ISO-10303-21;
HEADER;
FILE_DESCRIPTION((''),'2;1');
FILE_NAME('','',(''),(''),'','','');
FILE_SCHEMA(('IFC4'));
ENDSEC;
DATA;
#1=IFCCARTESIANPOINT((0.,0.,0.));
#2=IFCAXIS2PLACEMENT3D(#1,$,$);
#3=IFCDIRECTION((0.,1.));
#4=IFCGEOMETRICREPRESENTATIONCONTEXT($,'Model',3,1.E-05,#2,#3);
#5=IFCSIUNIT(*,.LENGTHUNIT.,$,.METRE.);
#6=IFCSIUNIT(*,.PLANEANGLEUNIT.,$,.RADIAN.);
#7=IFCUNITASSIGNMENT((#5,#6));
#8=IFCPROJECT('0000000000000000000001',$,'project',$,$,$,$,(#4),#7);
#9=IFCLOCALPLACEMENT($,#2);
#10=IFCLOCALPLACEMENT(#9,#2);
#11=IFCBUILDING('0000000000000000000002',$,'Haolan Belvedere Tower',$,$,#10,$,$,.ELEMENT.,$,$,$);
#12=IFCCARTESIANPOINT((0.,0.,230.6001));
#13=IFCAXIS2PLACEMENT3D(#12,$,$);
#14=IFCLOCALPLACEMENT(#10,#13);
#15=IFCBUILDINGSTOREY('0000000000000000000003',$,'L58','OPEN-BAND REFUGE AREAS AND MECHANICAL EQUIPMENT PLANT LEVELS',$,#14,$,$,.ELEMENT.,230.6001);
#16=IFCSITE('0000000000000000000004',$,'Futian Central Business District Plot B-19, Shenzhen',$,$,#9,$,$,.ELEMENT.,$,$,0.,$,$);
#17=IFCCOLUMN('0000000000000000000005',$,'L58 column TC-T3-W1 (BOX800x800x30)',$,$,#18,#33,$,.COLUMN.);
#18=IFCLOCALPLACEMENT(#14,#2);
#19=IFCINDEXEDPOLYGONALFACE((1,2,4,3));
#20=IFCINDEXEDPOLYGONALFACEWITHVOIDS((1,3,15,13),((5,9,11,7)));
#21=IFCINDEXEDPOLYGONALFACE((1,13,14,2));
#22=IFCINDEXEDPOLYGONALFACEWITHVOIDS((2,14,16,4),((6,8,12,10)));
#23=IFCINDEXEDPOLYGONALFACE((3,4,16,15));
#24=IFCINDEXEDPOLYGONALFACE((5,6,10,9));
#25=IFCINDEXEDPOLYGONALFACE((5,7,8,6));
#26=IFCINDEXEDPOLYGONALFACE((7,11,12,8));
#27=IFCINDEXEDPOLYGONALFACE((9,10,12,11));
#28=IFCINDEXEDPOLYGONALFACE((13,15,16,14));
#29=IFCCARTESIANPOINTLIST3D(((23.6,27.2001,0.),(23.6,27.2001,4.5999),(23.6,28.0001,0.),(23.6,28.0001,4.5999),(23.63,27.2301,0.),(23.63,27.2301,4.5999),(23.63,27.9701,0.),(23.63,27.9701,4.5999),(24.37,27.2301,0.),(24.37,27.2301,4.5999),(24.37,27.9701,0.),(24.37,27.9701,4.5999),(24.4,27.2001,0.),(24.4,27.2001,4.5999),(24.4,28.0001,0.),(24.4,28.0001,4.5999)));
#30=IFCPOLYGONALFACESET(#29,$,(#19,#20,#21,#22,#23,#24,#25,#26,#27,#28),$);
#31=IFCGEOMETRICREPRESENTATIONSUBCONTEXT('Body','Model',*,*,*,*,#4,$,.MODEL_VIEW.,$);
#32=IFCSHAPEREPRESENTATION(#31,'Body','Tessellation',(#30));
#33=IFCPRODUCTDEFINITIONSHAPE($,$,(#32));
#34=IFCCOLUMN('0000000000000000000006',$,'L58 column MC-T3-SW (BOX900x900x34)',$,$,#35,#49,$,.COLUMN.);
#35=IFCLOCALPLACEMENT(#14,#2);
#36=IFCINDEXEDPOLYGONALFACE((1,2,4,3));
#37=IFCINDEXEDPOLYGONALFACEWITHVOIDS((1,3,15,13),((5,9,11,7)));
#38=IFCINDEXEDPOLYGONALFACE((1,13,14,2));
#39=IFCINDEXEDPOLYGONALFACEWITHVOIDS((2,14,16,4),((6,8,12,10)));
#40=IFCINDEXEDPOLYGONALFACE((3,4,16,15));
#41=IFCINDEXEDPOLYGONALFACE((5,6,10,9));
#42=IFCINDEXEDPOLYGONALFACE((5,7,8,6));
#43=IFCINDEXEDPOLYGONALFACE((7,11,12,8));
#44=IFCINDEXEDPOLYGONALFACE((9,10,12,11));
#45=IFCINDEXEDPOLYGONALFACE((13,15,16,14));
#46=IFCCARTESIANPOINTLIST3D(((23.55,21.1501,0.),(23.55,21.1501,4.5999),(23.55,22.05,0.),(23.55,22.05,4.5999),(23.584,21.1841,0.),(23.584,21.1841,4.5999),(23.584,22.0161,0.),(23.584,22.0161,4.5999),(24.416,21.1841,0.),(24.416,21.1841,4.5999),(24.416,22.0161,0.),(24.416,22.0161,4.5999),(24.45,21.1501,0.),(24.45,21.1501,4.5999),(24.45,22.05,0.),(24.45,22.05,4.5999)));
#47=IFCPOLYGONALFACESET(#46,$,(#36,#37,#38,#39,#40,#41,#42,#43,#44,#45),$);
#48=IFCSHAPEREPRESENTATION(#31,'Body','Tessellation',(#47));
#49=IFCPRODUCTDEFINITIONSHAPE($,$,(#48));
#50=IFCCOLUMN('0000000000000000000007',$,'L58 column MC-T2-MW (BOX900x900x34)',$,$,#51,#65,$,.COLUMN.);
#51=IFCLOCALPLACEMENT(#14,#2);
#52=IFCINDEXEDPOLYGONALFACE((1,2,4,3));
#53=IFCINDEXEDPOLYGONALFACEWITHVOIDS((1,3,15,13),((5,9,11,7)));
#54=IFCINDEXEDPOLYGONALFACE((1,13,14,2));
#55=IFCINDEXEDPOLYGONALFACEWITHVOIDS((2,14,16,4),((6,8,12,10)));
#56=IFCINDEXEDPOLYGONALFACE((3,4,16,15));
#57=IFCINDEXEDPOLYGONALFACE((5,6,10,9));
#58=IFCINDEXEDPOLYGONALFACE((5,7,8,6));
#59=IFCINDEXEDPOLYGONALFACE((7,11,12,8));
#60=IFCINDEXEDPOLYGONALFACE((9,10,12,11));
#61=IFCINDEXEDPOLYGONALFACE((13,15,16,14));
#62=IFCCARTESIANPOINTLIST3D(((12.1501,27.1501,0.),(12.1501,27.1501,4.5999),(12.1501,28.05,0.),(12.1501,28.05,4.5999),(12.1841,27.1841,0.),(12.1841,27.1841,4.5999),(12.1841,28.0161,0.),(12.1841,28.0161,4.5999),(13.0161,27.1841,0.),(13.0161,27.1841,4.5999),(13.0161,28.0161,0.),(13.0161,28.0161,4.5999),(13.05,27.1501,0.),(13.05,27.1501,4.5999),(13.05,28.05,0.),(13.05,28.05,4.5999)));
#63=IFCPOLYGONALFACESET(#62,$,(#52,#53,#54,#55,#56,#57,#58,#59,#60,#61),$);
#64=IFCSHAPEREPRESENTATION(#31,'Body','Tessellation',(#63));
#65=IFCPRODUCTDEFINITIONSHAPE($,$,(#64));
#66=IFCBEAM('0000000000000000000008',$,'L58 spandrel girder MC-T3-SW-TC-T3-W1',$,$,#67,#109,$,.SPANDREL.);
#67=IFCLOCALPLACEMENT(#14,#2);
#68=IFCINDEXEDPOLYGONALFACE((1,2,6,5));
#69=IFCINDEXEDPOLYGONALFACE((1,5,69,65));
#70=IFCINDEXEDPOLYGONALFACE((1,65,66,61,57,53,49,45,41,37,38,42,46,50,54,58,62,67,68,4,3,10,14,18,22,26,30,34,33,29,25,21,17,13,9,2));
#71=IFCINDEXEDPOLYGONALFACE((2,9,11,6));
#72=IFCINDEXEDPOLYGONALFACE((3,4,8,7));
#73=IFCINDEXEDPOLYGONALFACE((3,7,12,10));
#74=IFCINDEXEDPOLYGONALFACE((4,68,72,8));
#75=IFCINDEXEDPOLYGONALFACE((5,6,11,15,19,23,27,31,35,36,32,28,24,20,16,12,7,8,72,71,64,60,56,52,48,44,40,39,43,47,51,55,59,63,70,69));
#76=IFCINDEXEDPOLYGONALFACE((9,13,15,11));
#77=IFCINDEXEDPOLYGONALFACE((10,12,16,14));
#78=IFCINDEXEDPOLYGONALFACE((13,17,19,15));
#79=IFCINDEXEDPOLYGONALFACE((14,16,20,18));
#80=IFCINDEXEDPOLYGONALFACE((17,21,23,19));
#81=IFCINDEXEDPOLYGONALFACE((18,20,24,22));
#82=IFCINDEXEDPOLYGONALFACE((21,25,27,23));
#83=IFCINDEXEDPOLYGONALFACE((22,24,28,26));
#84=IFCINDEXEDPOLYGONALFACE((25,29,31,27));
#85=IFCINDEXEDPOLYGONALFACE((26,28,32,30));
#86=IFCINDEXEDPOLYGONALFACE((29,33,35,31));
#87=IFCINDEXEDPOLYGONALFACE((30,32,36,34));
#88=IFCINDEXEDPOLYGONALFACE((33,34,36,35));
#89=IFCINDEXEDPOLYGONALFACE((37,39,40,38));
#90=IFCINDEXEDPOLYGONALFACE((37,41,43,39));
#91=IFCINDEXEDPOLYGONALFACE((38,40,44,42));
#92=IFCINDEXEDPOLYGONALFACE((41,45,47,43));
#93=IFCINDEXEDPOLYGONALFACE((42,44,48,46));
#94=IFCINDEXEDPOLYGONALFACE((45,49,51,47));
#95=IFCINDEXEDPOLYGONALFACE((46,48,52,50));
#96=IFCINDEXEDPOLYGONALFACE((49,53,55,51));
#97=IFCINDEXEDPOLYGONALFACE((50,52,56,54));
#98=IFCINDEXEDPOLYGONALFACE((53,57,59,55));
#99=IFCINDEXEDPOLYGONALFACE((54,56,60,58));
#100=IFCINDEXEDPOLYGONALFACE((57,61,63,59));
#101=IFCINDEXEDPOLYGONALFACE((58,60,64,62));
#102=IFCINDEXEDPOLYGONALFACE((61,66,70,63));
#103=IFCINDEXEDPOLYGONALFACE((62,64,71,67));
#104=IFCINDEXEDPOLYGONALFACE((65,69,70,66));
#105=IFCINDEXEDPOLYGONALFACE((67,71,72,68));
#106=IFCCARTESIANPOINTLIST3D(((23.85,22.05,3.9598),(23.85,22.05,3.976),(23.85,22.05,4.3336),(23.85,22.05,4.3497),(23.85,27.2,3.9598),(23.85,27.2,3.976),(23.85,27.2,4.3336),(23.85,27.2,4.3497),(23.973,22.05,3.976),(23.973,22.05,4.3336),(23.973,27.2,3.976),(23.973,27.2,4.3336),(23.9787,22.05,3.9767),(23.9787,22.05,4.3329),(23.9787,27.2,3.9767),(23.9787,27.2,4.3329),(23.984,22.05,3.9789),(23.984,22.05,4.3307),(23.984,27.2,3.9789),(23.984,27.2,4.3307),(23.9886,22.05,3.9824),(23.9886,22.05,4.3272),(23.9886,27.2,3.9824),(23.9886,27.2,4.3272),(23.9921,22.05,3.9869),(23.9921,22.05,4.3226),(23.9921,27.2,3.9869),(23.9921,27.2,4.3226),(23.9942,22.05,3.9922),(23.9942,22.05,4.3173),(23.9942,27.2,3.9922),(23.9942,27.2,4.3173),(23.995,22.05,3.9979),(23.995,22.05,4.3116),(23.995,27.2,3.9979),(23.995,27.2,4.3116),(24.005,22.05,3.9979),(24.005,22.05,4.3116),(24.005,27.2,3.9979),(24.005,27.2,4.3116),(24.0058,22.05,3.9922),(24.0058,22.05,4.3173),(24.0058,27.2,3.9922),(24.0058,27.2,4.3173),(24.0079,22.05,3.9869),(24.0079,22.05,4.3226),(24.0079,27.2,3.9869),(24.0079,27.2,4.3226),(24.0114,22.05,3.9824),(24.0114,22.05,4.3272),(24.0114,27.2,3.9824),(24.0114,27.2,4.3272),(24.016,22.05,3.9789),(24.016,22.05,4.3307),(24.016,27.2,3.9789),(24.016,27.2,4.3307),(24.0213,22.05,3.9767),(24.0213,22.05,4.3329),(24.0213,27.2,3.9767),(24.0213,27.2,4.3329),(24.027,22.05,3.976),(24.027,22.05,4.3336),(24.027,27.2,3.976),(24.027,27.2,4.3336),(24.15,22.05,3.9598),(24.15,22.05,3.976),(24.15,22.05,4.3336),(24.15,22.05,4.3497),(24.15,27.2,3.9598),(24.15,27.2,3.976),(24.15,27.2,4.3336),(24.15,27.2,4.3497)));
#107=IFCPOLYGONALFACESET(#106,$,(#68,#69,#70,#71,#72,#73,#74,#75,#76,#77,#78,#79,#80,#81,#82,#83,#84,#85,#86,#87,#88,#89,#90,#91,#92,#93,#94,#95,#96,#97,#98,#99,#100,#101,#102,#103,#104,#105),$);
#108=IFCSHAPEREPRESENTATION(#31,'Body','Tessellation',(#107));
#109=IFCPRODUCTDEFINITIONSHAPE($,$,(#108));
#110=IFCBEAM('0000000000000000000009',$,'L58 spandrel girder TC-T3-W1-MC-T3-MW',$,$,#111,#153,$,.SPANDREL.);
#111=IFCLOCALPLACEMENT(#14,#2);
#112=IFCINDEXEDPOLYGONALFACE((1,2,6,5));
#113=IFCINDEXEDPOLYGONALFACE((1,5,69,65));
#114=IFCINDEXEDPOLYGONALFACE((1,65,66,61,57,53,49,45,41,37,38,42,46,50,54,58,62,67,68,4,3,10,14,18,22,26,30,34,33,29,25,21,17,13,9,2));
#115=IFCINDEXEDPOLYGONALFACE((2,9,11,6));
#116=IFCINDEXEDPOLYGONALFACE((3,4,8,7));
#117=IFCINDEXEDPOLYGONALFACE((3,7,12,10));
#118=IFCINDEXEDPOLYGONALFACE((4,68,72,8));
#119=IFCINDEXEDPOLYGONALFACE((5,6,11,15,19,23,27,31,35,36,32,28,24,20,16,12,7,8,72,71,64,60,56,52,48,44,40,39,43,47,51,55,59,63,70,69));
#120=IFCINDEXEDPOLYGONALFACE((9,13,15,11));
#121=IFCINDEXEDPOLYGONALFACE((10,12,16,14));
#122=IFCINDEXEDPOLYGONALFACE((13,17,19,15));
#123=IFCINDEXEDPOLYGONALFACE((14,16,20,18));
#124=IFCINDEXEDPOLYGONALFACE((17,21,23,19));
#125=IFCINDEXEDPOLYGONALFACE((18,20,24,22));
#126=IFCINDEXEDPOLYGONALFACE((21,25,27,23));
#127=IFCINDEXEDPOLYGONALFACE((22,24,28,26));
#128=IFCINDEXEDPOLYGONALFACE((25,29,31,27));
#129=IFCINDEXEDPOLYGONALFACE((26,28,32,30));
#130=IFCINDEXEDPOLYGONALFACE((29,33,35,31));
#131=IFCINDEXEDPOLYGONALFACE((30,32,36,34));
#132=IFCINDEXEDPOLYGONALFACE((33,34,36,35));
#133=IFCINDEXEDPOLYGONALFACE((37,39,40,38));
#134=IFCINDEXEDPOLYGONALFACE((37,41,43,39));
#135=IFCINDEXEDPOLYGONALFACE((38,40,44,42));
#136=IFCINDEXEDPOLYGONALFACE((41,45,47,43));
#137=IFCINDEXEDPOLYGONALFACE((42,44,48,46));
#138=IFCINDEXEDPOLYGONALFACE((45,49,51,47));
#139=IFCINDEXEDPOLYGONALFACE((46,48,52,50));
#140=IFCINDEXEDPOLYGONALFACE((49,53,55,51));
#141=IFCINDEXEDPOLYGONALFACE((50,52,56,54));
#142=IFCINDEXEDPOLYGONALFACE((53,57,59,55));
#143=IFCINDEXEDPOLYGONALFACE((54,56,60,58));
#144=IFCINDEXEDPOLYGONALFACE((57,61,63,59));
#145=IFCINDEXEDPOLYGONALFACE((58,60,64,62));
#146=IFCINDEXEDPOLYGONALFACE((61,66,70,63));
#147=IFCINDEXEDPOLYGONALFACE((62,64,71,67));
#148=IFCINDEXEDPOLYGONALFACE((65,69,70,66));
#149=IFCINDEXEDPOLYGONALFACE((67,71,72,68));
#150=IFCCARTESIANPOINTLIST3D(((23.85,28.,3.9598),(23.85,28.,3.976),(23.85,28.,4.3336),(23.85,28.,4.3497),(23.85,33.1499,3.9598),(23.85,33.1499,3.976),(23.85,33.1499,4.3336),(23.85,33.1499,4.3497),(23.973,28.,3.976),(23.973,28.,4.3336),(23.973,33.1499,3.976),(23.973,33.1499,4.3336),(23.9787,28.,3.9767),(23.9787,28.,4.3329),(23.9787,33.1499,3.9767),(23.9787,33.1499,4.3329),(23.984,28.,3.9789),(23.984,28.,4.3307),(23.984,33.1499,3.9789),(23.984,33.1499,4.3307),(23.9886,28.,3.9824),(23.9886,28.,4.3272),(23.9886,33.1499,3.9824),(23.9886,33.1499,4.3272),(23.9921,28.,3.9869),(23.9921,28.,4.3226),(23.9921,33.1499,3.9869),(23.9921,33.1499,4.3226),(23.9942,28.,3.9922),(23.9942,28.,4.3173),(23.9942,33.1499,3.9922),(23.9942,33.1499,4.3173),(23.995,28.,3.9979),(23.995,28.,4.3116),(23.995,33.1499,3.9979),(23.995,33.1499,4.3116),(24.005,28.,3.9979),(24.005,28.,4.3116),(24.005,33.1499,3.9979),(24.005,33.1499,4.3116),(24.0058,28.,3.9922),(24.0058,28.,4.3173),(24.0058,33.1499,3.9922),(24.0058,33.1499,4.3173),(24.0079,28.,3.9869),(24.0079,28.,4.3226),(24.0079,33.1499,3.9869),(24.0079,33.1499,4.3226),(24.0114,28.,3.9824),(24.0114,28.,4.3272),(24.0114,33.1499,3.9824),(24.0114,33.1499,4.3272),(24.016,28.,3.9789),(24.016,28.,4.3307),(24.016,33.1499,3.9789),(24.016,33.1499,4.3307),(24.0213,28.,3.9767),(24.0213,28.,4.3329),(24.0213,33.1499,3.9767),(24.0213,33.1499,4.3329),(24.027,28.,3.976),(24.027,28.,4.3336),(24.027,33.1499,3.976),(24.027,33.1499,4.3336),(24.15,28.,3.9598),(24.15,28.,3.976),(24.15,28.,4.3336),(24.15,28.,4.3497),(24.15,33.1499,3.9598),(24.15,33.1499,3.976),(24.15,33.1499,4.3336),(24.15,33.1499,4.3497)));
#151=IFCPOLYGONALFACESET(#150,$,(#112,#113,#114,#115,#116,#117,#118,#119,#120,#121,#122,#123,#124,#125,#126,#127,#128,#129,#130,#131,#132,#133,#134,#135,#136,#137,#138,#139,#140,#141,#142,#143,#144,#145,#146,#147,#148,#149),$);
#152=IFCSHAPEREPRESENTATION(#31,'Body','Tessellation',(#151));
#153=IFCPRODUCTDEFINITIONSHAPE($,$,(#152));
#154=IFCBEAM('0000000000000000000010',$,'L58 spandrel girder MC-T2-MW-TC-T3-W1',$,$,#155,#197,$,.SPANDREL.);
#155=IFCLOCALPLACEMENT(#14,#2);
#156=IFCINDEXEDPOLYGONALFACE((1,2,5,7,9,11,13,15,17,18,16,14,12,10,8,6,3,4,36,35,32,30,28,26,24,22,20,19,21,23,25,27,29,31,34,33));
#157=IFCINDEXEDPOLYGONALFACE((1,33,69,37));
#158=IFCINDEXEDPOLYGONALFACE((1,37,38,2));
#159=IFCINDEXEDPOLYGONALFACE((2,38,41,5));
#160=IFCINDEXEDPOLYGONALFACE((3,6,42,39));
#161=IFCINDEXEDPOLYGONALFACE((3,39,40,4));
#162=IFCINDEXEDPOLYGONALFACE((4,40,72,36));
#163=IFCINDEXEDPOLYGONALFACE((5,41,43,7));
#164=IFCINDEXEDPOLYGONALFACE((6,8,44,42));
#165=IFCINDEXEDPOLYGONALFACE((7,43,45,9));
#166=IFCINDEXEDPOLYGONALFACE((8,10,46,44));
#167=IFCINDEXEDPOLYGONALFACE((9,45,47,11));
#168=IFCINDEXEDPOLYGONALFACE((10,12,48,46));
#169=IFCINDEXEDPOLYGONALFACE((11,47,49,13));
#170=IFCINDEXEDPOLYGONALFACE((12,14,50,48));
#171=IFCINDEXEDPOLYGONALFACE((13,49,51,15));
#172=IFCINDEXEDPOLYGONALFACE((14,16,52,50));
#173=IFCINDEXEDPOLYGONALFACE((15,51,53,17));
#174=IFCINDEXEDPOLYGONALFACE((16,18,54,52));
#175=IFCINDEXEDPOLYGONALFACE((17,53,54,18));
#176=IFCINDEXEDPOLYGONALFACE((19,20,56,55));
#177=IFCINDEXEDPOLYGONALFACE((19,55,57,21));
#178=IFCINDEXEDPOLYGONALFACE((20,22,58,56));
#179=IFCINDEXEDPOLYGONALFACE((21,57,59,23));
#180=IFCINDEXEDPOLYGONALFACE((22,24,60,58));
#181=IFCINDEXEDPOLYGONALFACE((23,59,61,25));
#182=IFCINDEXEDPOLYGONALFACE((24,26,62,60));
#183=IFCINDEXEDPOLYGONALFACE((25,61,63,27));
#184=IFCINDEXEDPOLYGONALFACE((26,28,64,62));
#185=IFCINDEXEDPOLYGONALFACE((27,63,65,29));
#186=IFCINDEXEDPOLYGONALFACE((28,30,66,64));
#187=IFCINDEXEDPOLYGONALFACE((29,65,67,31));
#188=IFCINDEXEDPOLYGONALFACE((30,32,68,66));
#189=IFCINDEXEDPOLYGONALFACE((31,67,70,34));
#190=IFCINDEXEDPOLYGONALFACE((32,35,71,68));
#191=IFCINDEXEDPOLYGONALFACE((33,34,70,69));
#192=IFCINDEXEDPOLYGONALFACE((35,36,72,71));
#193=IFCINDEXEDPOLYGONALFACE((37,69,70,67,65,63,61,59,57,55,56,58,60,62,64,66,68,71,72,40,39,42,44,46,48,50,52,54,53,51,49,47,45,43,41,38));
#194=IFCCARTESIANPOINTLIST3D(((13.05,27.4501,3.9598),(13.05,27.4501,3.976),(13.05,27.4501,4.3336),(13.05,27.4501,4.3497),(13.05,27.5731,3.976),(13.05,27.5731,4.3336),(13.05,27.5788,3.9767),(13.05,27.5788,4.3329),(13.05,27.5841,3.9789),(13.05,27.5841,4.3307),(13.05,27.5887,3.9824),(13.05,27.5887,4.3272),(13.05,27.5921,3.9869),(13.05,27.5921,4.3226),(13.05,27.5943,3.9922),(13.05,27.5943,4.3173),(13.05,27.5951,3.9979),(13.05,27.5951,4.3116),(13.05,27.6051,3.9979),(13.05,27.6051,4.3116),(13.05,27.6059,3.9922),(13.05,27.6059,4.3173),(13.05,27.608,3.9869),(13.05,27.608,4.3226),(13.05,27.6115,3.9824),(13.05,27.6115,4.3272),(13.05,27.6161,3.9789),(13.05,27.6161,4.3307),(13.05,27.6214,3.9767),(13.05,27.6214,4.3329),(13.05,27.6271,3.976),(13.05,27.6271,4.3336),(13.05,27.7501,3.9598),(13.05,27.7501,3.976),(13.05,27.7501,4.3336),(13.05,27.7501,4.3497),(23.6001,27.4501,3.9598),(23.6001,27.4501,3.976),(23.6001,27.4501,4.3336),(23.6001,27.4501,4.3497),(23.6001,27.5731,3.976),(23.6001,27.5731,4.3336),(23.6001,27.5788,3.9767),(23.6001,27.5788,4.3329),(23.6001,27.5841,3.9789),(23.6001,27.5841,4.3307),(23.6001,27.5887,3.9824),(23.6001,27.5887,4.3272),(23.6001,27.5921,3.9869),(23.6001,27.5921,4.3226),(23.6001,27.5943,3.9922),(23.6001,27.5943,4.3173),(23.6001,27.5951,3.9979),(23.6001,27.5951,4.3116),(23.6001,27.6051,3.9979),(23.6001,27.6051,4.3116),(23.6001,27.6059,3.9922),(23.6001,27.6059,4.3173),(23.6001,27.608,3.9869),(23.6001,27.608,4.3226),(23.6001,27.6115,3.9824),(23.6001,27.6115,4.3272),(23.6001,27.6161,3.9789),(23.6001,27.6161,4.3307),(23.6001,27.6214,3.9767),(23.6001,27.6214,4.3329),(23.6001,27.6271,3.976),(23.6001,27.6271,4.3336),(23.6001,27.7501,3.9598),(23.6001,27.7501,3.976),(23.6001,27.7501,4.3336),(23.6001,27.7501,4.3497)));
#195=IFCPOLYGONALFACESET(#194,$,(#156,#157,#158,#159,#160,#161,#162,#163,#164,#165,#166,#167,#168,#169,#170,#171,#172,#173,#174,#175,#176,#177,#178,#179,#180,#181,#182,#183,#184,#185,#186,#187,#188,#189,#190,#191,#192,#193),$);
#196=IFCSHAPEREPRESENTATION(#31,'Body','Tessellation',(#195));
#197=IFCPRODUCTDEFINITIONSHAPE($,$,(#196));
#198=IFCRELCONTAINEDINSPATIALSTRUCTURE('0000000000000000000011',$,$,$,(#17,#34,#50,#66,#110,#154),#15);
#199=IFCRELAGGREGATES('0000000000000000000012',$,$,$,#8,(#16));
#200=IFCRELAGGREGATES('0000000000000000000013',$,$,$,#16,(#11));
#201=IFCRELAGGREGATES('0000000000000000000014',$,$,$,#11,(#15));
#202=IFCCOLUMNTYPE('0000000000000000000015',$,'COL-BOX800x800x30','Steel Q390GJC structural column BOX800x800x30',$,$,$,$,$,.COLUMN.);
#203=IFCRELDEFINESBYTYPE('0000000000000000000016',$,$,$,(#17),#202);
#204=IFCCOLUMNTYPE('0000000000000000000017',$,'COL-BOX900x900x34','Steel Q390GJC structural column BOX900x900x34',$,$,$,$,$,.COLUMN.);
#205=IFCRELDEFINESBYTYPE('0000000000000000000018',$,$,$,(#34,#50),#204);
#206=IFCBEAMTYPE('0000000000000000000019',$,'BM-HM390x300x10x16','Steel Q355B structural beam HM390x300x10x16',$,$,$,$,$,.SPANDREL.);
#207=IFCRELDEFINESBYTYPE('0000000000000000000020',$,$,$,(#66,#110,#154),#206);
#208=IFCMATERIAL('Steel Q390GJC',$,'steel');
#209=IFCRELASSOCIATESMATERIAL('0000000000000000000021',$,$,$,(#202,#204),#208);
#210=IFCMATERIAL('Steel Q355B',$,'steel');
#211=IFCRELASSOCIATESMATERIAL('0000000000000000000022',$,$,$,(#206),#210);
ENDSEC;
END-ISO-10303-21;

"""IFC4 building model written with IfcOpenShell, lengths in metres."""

from ifc_helpers import new_model, si_unit, direction, frame, origin, origin_2d, place, context, subcontext, project, spatial, hollow_rectangle, i_section, extrude, material, material_profile, profile_set, type_object, element, save


model = new_model("IFC4")

# Units and contexts
model_context = context("Model", 3, precision=1e-05, world=origin(), true_north=direction((0.0, 1.0)))
body_context = subcontext(model_context, "Body", "Model", "MODEL_VIEW")
ifc_project = project(units=[si_unit("LENGTHUNIT", "METRE"), si_unit("PLANEANGLEUNIT", "RADIAN")], contexts=[model_context])

# Site, building, storey
site_placement = place(None, origin())
site = spatial("IfcSite", under=ifc_project, at=site_placement, Name="Futian Central Business District Plot B-19, Shenzhen", CompositionType="ELEMENT", RefElevation=0.0)
building_placement = place(site_placement, origin())
building = spatial("IfcBuilding", under=site, at=building_placement, Name="Haolan Belvedere Tower", CompositionType="ELEMENT")
storey_placement = place(building_placement, frame((0.0, 0.0, 230.6001)))
storey = spatial("IfcBuildingStorey", under=building, at=storey_placement, Name="L58", Description="OPEN-BAND REFUGE AREAS AND MECHANICAL EQUIPMENT PLANT LEVELS", CompositionType="ELEMENT", Elevation=230.6001)

# Columns
ifc_material_1 = material(Name="Steel Q390GJC", Category="steel")
ifc_material_profile_1 = material_profile(ifc_material_1, hollow_rectangle(XDim=0.8, YDim=0.8, WallThickness=0.03, at=origin_2d()), Name="Steel Q390GJC")
ifc_profile_set_1 = profile_set([ifc_material_profile_1], Name="Steel Q390GJC")
column_type_1 = type_object("IfcColumnType", Name="COL-BOX800x800x30", Description="Steel Q390GJC structural column BOX800x800x30", PredefinedType="COLUMN", material=ifc_profile_set_1)
column_placement = place(storey_placement, frame((24.0, 27.6001, 0.0), z_axis=(0.0, 0.0, 1.0), x_axis=(1.0, 0.0, 0.0)))
element("IfcColumn", 1, at=column_placement, inside=storey, type_object=column_type_1, Name="L58 column TC-T3-W1 (BOX800x800x30)", PredefinedType="COLUMN", context=body_context, shape_type="SweptSolid", body=[
    extrude(hollow_rectangle(XDim=0.8, YDim=0.8, WallThickness=0.03, at=origin_2d()), origin(), (0.0, 0.0, 1.0), 4.5999),
])
ifc_material_profile_2 = material_profile(ifc_material_1, hollow_rectangle(XDim=0.8999, YDim=0.8999, WallThickness=0.0339, at=origin_2d()), Name="Steel Q390GJC")
ifc_profile_set_2 = profile_set([ifc_material_profile_2], Name="Steel Q390GJC")
column_type_2 = type_object("IfcColumnType", Name="COL-BOX900x900x34", Description="Steel Q390GJC structural column BOX900x900x34", PredefinedType="COLUMN", material=ifc_profile_set_2)
for number, where, z_axis, x_axis, name in (
    (2, (24.0, 21.6001, 0.0), (0.0, 0.0, 1.0), (1.0, 0.0, 0.0), "L58 column MC-T3-SW (BOX900x900x34)"),
    (3, (12.6001, 27.6001, 0.0), (0.0, 0.0, 1.0), (1.0, 0.0, 0.0), "L58 column MC-T2-MW (BOX900x900x34)"),
):
    element("IfcColumn", number, at=place(storey_placement, frame(where, z_axis=z_axis, x_axis=x_axis)), inside=storey, type_object=column_type_2, Name=name, PredefinedType="COLUMN", context=body_context, shape_type="SweptSolid", body=[
        extrude(hollow_rectangle(XDim=0.8999, YDim=0.8999, WallThickness=0.0339, at=origin_2d()), origin(), (0.0, 0.0, 1.0), 4.5999),
    ])

# Beams
ifc_material_2 = material(Name="Steel Q355B", Category="steel")
ifc_material_profile_3 = material_profile(ifc_material_2, i_section(OverallWidth=0.3, OverallDepth=0.3899, WebThickness=0.01, FlangeThickness=0.0161, FilletRadius=0.022, at=origin_2d()), Name="Steel Q355B")
ifc_profile_set_3 = profile_set([ifc_material_profile_3], Name="Steel Q355B")
beam_type_1 = type_object("IfcBeamType", Name="BM-HM390x300x10x16", Description="Steel Q355B structural beam HM390x300x10x16", PredefinedType="SPANDREL", material=ifc_profile_set_3)
for number, where, z_axis, x_axis, name in (
    (4, (24.0, 22.05, 4.1548), (0.0, 1.0, 0.0), (-1.0, 0.0, 0.0), "L58 spandrel girder MC-T3-SW-TC-T3-W1"),
    (5, (24.0, 28.0, 4.1548), (0.0, 1.0, 0.0), (-1.0, 0.0, 0.0), "L58 spandrel girder TC-T3-W1-MC-T3-MW"),
):
    element("IfcBeam", number, at=place(storey_placement, frame(where, z_axis=z_axis, x_axis=x_axis)), inside=storey, type_object=beam_type_1, Name=name, PredefinedType="SPANDREL", context=body_context, shape_type="SweptSolid", body=[
        extrude(i_section(OverallWidth=0.3, OverallDepth=0.3899, WebThickness=0.01, FlangeThickness=0.0161, FilletRadius=0.022, at=origin_2d()), origin(), (0.0, 0.0, 1.0), 5.1499),
    ])
beam_1_placement = place(storey_placement, frame((13.05, 27.6001, 4.1548), z_axis=(1.0, 0.0, 0.0), x_axis=(0.0, 1.0, 0.0)))
element("IfcBeam", 6, at=beam_1_placement, inside=storey, type_object=beam_type_1, Name="L58 spandrel girder MC-T2-MW-TC-T3-W1", PredefinedType="SPANDREL", context=body_context, shape_type="SweptSolid", body=[
    extrude(i_section(OverallWidth=0.3, OverallDepth=0.3899, WebThickness=0.01, FlangeThickness=0.0161, FilletRadius=0.022, at=origin_2d()), origin(), (0.0, 0.0, 1.0), 10.55),
])

save(model, "model.ifc")
